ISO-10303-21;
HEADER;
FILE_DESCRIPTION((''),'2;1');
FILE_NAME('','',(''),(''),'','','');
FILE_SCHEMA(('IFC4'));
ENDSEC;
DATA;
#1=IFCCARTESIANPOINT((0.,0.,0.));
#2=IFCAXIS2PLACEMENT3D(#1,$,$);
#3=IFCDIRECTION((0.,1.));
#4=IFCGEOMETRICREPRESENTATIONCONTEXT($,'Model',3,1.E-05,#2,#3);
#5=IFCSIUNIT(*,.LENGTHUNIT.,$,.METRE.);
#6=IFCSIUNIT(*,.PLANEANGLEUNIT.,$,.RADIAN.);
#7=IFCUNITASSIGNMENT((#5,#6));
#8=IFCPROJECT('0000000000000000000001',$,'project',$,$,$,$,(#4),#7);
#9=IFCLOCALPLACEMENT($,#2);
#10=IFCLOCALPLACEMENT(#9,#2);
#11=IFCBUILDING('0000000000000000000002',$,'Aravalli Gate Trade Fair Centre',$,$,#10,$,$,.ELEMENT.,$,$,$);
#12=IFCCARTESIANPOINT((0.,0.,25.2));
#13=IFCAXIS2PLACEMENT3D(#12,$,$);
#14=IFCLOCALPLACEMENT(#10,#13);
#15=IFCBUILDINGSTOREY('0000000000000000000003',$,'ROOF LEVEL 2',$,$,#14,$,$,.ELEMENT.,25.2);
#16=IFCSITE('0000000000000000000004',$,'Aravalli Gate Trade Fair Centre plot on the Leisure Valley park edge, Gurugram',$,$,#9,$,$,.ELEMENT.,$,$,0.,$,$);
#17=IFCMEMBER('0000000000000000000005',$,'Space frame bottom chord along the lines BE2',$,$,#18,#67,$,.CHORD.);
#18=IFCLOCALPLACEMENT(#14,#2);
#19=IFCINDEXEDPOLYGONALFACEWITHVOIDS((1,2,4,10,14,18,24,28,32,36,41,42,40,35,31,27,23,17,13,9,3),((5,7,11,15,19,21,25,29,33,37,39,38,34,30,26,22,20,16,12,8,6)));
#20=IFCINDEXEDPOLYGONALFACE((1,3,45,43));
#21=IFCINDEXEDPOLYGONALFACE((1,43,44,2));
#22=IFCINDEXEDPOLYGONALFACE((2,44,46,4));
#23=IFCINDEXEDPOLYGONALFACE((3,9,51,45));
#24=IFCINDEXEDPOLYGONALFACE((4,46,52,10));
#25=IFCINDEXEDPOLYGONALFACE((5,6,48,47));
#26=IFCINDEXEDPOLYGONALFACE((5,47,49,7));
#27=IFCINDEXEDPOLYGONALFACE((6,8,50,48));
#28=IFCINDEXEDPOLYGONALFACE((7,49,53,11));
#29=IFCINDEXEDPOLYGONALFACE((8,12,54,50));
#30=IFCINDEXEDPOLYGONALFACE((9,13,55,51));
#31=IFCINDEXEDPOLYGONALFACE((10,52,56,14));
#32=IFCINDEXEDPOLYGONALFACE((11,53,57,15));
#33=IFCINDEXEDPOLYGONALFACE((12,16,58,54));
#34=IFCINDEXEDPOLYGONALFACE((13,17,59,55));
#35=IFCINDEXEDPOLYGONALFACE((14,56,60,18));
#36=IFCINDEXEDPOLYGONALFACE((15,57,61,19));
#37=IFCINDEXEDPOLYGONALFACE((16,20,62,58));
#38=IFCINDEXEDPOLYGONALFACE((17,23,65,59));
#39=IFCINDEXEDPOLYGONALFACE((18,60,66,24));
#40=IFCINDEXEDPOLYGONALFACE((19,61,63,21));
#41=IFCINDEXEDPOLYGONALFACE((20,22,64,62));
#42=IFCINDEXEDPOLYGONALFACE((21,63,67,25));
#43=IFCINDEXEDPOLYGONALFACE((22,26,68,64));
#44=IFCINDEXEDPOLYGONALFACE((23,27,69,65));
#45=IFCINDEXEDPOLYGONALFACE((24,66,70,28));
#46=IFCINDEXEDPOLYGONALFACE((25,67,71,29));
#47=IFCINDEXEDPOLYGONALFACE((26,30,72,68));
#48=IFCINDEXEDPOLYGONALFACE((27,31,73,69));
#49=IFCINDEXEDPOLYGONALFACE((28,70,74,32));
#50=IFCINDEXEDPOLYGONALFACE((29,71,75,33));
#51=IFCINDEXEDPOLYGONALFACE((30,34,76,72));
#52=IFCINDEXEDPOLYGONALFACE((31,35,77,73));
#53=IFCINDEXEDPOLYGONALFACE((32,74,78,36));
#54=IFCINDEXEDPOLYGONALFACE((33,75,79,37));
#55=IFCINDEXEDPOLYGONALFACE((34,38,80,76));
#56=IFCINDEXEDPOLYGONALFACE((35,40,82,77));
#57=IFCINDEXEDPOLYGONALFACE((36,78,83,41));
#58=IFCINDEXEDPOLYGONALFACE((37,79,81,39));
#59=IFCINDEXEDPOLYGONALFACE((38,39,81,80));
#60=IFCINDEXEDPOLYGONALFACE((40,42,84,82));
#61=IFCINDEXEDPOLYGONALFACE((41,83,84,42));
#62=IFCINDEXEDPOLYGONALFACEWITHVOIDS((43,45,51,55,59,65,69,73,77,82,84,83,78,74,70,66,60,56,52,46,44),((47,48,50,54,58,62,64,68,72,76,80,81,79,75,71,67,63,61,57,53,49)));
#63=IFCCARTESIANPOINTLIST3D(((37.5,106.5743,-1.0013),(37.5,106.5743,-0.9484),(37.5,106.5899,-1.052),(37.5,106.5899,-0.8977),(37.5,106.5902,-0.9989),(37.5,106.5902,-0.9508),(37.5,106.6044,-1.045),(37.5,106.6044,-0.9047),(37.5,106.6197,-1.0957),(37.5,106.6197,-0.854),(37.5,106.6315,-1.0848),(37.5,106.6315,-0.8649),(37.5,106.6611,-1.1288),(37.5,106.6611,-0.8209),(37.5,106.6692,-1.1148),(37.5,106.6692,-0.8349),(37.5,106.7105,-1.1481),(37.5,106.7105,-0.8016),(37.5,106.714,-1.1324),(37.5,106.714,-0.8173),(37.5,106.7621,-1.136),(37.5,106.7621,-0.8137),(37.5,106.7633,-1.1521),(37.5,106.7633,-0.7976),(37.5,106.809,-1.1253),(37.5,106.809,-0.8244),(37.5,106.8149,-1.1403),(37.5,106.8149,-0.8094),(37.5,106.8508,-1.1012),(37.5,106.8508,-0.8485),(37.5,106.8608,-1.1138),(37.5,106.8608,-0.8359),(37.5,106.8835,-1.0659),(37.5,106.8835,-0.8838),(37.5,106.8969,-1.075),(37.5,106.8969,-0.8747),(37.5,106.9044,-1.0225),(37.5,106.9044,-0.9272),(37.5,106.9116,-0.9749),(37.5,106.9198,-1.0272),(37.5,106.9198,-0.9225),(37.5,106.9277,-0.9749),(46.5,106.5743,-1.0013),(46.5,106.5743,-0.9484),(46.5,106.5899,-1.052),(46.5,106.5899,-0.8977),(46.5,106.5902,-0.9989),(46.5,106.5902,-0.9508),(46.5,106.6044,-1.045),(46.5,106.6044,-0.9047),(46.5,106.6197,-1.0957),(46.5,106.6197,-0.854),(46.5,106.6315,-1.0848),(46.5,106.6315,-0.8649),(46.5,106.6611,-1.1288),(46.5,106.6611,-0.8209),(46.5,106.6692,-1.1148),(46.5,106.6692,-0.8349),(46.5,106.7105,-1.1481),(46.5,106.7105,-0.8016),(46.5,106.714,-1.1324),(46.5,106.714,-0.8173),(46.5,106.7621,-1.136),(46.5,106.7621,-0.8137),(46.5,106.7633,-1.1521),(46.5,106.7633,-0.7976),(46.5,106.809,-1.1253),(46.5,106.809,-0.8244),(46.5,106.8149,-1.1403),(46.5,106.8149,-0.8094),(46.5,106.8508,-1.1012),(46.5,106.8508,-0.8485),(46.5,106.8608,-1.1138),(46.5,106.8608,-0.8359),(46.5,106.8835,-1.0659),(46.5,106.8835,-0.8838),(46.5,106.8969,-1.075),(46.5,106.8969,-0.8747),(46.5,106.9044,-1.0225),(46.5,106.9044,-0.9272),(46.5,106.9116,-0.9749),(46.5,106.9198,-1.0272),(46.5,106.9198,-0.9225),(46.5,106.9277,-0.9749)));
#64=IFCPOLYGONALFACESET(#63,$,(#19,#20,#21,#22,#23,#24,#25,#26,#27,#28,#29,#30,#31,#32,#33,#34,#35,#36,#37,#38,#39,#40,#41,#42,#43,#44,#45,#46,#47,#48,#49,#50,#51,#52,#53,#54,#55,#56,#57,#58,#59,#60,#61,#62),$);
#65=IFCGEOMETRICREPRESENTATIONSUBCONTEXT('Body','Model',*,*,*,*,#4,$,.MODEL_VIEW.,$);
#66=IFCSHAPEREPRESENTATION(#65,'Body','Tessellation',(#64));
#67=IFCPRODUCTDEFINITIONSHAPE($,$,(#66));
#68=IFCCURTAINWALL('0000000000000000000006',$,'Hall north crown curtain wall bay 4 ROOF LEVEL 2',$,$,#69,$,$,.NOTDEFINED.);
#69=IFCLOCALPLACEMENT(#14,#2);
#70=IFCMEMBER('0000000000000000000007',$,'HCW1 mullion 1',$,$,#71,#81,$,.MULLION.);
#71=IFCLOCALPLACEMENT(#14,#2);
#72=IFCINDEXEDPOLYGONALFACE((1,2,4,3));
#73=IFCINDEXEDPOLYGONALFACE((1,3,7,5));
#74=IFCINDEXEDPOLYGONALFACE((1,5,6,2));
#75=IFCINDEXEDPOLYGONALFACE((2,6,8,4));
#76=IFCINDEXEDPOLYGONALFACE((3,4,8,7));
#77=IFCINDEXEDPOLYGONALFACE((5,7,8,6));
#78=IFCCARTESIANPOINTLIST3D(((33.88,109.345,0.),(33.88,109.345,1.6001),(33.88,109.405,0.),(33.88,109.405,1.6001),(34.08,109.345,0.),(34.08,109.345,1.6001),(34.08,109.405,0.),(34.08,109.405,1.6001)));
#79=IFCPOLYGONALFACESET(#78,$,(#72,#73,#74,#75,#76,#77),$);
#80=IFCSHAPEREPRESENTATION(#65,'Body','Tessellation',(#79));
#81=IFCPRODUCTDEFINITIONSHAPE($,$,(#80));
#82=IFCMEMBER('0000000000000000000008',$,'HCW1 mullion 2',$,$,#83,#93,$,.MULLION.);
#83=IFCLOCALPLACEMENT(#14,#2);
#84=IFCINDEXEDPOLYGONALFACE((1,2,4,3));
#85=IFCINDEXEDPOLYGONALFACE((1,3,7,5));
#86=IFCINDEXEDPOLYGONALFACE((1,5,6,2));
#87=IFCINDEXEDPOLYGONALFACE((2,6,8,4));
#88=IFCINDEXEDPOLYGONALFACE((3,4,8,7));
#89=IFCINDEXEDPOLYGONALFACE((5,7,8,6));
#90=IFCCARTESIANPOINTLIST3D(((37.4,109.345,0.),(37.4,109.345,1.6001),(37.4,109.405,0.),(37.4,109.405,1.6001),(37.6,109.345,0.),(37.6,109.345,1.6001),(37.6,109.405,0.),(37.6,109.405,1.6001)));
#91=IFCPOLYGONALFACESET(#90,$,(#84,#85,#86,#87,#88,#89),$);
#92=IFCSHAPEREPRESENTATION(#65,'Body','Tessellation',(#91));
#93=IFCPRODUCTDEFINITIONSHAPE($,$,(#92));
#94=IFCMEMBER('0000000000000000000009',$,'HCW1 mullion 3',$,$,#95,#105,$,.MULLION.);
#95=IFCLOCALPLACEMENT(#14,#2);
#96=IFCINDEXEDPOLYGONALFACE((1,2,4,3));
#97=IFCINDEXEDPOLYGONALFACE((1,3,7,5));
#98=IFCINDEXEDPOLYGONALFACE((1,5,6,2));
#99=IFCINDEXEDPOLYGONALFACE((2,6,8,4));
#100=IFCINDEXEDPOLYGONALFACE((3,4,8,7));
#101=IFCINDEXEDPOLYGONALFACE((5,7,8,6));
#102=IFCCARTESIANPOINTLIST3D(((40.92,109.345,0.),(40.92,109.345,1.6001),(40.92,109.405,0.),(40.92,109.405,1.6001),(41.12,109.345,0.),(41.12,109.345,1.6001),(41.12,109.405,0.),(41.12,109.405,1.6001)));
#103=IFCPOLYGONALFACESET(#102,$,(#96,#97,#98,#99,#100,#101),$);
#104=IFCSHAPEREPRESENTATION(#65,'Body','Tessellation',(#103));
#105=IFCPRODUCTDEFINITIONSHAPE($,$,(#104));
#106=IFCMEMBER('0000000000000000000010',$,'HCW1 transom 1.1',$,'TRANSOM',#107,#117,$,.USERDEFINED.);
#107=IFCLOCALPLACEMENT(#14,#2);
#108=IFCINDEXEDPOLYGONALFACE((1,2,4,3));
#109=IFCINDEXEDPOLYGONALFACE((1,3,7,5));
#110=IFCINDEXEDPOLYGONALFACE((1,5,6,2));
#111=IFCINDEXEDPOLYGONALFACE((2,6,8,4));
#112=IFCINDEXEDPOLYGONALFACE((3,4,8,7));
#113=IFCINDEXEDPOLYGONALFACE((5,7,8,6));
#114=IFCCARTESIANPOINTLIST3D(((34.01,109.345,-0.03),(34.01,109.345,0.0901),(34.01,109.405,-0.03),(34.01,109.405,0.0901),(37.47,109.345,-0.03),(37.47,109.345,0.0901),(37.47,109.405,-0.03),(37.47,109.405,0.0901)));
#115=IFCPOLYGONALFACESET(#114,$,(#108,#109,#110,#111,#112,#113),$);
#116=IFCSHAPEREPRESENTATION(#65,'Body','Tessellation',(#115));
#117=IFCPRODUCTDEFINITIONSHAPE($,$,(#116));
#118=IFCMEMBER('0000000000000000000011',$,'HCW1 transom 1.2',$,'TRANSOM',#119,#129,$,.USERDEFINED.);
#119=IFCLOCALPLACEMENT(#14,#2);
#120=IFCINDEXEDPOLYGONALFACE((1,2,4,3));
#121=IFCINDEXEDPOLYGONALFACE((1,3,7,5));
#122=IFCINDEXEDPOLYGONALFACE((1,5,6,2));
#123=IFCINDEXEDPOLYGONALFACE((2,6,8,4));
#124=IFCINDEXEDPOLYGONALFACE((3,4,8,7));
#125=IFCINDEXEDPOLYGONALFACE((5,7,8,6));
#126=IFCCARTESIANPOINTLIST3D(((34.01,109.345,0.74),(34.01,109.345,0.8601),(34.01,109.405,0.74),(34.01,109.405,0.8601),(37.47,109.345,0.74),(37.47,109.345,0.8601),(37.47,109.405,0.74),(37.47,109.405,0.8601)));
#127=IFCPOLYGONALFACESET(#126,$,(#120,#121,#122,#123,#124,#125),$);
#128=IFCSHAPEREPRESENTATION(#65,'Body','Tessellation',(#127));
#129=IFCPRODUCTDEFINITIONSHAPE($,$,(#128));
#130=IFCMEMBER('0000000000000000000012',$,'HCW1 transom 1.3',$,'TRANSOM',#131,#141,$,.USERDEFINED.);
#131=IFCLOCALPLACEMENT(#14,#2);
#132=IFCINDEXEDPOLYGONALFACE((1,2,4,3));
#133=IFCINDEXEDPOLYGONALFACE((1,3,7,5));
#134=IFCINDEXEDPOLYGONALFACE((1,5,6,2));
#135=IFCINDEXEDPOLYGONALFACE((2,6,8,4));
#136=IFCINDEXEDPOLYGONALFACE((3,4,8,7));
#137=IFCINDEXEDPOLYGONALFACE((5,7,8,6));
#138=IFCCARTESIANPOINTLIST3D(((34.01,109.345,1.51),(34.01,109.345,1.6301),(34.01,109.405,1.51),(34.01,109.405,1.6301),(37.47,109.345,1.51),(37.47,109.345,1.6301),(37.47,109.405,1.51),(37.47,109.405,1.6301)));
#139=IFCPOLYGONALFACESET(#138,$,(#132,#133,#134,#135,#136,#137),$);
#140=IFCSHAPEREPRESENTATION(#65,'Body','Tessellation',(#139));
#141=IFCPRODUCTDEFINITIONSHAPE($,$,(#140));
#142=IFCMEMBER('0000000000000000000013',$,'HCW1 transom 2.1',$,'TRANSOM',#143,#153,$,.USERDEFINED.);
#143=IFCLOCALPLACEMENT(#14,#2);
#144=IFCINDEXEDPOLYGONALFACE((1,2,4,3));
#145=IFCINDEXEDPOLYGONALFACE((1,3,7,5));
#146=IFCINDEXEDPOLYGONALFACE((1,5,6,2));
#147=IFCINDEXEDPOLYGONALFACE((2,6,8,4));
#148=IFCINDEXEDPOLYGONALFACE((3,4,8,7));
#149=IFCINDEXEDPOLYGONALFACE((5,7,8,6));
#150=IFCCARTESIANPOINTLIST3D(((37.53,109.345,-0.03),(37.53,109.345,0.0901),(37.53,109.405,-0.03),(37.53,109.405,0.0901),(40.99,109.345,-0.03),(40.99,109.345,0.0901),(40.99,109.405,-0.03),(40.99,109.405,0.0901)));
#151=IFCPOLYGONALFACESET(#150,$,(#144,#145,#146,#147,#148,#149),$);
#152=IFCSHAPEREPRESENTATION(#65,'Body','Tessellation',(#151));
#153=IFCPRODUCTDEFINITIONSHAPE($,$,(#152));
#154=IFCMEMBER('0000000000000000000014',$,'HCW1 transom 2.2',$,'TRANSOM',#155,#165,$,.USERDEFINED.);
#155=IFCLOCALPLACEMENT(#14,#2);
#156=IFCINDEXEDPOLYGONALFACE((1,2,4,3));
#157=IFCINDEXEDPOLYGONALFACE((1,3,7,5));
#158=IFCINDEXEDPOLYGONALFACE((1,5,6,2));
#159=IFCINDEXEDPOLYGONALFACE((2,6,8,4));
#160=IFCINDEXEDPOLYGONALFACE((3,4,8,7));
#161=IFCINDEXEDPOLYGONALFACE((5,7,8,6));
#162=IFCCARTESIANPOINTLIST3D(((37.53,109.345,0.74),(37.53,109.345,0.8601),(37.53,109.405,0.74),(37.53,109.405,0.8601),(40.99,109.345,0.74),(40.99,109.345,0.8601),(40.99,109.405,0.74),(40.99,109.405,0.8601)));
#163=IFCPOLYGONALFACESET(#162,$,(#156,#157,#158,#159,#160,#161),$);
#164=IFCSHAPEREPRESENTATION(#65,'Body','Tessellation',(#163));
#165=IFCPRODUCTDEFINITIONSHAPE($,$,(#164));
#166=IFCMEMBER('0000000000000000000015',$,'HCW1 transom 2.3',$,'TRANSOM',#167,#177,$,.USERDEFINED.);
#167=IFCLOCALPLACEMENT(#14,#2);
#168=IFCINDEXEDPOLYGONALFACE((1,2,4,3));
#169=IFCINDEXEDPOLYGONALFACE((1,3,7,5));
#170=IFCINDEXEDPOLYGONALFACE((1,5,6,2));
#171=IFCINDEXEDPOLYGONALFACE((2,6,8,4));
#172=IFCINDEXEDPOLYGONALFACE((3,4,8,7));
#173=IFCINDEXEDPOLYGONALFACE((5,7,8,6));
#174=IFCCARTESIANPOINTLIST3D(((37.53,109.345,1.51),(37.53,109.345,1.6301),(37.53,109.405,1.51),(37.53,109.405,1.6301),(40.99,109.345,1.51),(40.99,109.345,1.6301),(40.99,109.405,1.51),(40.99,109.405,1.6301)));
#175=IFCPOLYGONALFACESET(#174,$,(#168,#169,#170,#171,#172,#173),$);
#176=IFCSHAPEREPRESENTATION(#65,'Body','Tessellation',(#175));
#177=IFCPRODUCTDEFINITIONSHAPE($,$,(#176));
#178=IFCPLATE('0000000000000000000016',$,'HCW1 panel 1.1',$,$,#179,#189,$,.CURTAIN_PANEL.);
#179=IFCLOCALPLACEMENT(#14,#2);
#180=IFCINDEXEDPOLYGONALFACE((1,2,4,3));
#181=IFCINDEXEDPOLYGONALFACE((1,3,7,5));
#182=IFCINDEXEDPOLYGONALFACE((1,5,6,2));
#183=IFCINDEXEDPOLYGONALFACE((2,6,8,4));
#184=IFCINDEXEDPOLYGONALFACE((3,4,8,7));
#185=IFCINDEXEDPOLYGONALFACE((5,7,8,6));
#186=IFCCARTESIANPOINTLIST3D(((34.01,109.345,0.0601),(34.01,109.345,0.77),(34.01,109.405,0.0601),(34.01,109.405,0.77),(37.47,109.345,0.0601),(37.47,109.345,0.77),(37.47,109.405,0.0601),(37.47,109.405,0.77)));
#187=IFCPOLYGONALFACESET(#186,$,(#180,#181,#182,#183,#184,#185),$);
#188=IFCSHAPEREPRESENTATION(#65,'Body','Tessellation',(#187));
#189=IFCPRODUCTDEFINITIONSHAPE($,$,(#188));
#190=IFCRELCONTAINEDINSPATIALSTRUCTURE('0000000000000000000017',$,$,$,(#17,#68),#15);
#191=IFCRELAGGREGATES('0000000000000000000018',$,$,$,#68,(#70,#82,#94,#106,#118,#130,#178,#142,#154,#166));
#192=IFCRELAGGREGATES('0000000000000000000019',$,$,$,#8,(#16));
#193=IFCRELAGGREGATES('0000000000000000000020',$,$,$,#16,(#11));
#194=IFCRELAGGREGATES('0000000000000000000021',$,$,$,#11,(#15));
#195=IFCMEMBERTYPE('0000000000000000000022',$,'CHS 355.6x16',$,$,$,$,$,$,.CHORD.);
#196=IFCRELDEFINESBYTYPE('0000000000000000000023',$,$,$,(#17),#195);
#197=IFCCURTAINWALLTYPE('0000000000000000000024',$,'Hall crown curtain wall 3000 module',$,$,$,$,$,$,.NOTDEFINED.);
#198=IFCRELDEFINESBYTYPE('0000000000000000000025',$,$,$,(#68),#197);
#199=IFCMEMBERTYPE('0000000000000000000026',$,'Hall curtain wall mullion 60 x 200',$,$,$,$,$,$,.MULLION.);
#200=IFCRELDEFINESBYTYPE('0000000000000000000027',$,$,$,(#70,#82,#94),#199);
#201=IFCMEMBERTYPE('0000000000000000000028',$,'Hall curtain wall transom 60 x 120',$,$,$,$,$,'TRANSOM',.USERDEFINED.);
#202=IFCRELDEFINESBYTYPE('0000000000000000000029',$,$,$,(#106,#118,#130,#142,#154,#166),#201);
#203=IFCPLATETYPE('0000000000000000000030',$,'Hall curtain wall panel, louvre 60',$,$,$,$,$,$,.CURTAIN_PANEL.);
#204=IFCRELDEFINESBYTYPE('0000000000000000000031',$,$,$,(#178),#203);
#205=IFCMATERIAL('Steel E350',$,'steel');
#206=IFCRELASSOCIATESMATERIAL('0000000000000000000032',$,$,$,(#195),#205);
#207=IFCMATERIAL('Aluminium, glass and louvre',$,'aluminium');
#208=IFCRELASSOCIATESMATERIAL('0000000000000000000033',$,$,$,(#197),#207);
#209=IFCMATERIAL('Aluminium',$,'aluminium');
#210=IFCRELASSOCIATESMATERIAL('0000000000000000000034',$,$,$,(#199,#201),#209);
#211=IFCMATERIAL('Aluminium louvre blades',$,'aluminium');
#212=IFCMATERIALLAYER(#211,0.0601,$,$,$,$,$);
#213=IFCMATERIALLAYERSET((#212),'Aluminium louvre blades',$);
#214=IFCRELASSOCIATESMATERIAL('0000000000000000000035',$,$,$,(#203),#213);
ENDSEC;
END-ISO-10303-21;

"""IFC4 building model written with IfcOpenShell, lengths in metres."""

from ifc_helpers import new_model, si_unit, direction, frame, origin, origin_2d, place, context, subcontext, project, spatial, rectangle, hollow_circle, extrude, material, layer, layer_set, material_profile, profile_set, type_object, element, aggregate, save


model = new_model("IFC4")

# Units and contexts
model_context = context("Model", 3, precision=1e-05, world=origin(), true_north=direction((0.0, 1.0)))
body_context = subcontext(model_context, "Body", "Model", "MODEL_VIEW")
ifc_project = project(units=[si_unit("LENGTHUNIT", "METRE"), si_unit("PLANEANGLEUNIT", "RADIAN")], contexts=[model_context])

# Site, building, storey
site_placement = place(None, origin())
site = spatial("IfcSite", under=ifc_project, at=site_placement, Name="Aravalli Gate Trade Fair Centre plot on the Leisure Valley park edge, Gurugram", CompositionType="ELEMENT", RefElevation=0.0)
building_placement = place(site_placement, origin())
building = spatial("IfcBuilding", under=site, at=building_placement, Name="Aravalli Gate Trade Fair Centre", CompositionType="ELEMENT")
storey_placement = place(building_placement, frame((0.0, 0.0, 25.2)))
storey = spatial("IfcBuildingStorey", under=building, at=storey_placement, Name="ROOF LEVEL 2", CompositionType="ELEMENT", Elevation=25.2)

# Member
ifc_material_1 = material(Name="Steel E350", Category="steel")
ifc_material_profile_1 = material_profile(ifc_material_1, hollow_circle(Radius=0.1777, WallThickness=0.0161, at=origin_2d()), Name="CHS 355.6x16")
ifc_profile_set_1 = profile_set([ifc_material_profile_1], Name="Steel E350")
member_type_1 = type_object("IfcMemberType", Name="CHS 355.6x16", PredefinedType="CHORD", material=ifc_profile_set_1)
member_1_placement = place(storey_placement, frame((37.5, 106.75, -0.9749), z_axis=(1.0, 0.0, 0.0), x_axis=(0.0, 1.0, 0.0)))
element("IfcMember", 1, at=member_1_placement, inside=storey, type_object=member_type_1, Name="Space frame bottom chord along the lines BE2", PredefinedType="CHORD", context=body_context, shape_type="SweptSolid", body=[
    extrude(hollow_circle(Radius=0.1777, WallThickness=0.0161, at=origin_2d()), origin(), (0.0, 0.0, 1.0), 9.0),
])

# Curtain wall, members, plate
ifc_material_2 = material(Name="Aluminium, glass and louvre", Category="aluminium")
curtain_wall_type = type_object("IfcCurtainWallType", Name="Hall crown curtain wall 3000 module", PredefinedType="NOTDEFINED", material=ifc_material_2)
curtain_wall_placement = place(storey_placement, origin())
curtain_wall = element("IfcCurtainWall", 2, at=curtain_wall_placement, inside=storey, type_object=curtain_wall_type, Name="Hall north crown curtain wall bay 4 ROOF LEVEL 2", PredefinedType="NOTDEFINED")
ifc_material_3 = material(Name="Aluminium", Category="aluminium")
ifc_material_profile_2 = material_profile(ifc_material_3, rectangle(XDim=0.0601, YDim=0.2, at=origin_2d()), Name="Hall curtain wall mullion 60 x 200")
ifc_profile_set_2 = profile_set([ifc_material_profile_2], Name="Aluminium")
member_type_2 = type_object("IfcMemberType", Name="Hall curtain wall mullion 60 x 200", PredefinedType="MULLION", material=ifc_profile_set_2)
member_2_placement = place(storey_placement, frame((33.98, 109.375, 0.0), z_axis=(0.0, 0.0, 1.0), x_axis=(0.0, 1.0, 0.0)))
member_2 = element("IfcMember", 3, at=member_2_placement, type_object=member_type_2, Name="HCW1 mullion 1", PredefinedType="MULLION", context=body_context, shape_type="SweptSolid", body=[
    extrude(rectangle(XDim=0.0601, YDim=0.2, at=origin_2d()), origin(), (0.0, 0.0, 1.0), 1.6001),
])
member_3_placement = place(storey_placement, frame((37.5, 109.375, 0.0), z_axis=(0.0, 0.0, 1.0), x_axis=(0.0, 1.0, 0.0)))
member_3 = element("IfcMember", 4, at=member_3_placement, type_object=member_type_2, Name="HCW1 mullion 2", PredefinedType="MULLION", context=body_context, shape_type="SweptSolid", body=[
    extrude(rectangle(XDim=0.0601, YDim=0.2, at=origin_2d()), origin(), (0.0, 0.0, 1.0), 1.6001),
])
member_4_placement = place(storey_placement, frame((41.02, 109.375, 0.0), z_axis=(0.0, 0.0, 1.0), x_axis=(0.0, 1.0, 0.0)))
member_4 = element("IfcMember", 5, at=member_4_placement, type_object=member_type_2, Name="HCW1 mullion 3", PredefinedType="MULLION", context=body_context, shape_type="SweptSolid", body=[
    extrude(rectangle(XDim=0.0601, YDim=0.2, at=origin_2d()), origin(), (0.0, 0.0, 1.0), 1.6001),
])
ifc_material_profile_3 = material_profile(ifc_material_3, rectangle(XDim=0.0601, YDim=0.1201, at=origin_2d()), Name="Hall curtain wall transom 60 x 120")
ifc_profile_set_3 = profile_set([ifc_material_profile_3], Name="Aluminium")
member_type_3 = type_object("IfcMemberType", Name="Hall curtain wall transom 60 x 120", ElementType="TRANSOM", PredefinedType="USERDEFINED", material=ifc_profile_set_3)
member_5_placement = place(storey_placement, frame((34.01, 109.375, 0.03), z_axis=(1.0, 0.0, 0.0), x_axis=(0.0, 1.0, 0.0)))
member_5 = element("IfcMember", 6, at=member_5_placement, type_object=member_type_3, Name="HCW1 transom 1.1", ObjectType="TRANSOM", PredefinedType="USERDEFINED", context=body_context, shape_type="SweptSolid", body=[
    extrude(rectangle(XDim=0.0601, YDim=0.1201, at=origin_2d()), origin(), (0.0, 0.0, 1.0), 3.46),
])
member_6_placement = place(storey_placement, frame((34.01, 109.375, 0.8), z_axis=(1.0, 0.0, 0.0), x_axis=(0.0, 1.0, 0.0)))
member_6 = element("IfcMember", 7, at=member_6_placement, type_object=member_type_3, Name="HCW1 transom 1.2", ObjectType="TRANSOM", PredefinedType="USERDEFINED", context=body_context, shape_type="SweptSolid", body=[
    extrude(rectangle(XDim=0.0601, YDim=0.1201, at=origin_2d()), origin(), (0.0, 0.0, 1.0), 3.46),
])
member_7_placement = place(storey_placement, frame((34.01, 109.375, 1.5701), z_axis=(1.0, 0.0, 0.0), x_axis=(0.0, 1.0, 0.0)))
member_7 = element("IfcMember", 8, at=member_7_placement, type_object=member_type_3, Name="HCW1 transom 1.3", ObjectType="TRANSOM", PredefinedType="USERDEFINED", context=body_context, shape_type="SweptSolid", body=[
    extrude(rectangle(XDim=0.0601, YDim=0.1201, at=origin_2d()), origin(), (0.0, 0.0, 1.0), 3.46),
])
member_8_placement = place(storey_placement, frame((37.53, 109.375, 0.03), z_axis=(1.0, 0.0, 0.0), x_axis=(0.0, 1.0, 0.0)))
member_8 = element("IfcMember", 9, at=member_8_placement, type_object=member_type_3, Name="HCW1 transom 2.1", ObjectType="TRANSOM", PredefinedType="USERDEFINED", context=body_context, shape_type="SweptSolid", body=[
    extrude(rectangle(XDim=0.0601, YDim=0.1201, at=origin_2d()), origin(), (0.0, 0.0, 1.0), 3.46),
])
member_9_placement = place(storey_placement, frame((37.53, 109.375, 0.8), z_axis=(1.0, 0.0, 0.0), x_axis=(0.0, 1.0, 0.0)))
member_9 = element("IfcMember", 10, at=member_9_placement, type_object=member_type_3, Name="HCW1 transom 2.2", ObjectType="TRANSOM", PredefinedType="USERDEFINED", context=body_context, shape_type="SweptSolid", body=[
    extrude(rectangle(XDim=0.0601, YDim=0.1201, at=origin_2d()), origin(), (0.0, 0.0, 1.0), 3.46),
])
member_10_placement = place(storey_placement, frame((37.53, 109.375, 1.5701), z_axis=(1.0, 0.0, 0.0), x_axis=(0.0, 1.0, 0.0)))
member_10 = element("IfcMember", 11, at=member_10_placement, type_object=member_type_3, Name="HCW1 transom 2.3", ObjectType="TRANSOM", PredefinedType="USERDEFINED", context=body_context, shape_type="SweptSolid", body=[
    extrude(rectangle(XDim=0.0601, YDim=0.1201, at=origin_2d()), origin(), (0.0, 0.0, 1.0), 3.46),
])
ifc_material_4 = material(Name="Aluminium louvre blades", Category="aluminium")
ifc_layer_1 = layer(ifc_material_4, 0.0601)
ifc_layer_set_1 = layer_set([ifc_layer_1], Name="Aluminium louvre blades")
plate_type = type_object("IfcPlateType", Name="Hall curtain wall panel, louvre 60", PredefinedType="CURTAIN_PANEL", material=ifc_layer_set_1)
plate_1_placement = place(storey_placement, frame((35.74, 109.375, 0.0601), z_axis=(0.0, 0.0, 1.0), x_axis=(1.0, 0.0, 0.0)))
plate_1 = element("IfcPlate", 12, at=plate_1_placement, type_object=plate_type, Name="HCW1 panel 1.1", PredefinedType="CURTAIN_PANEL", context=body_context, shape_type="SweptSolid", body=[
    extrude(rectangle(XDim=3.46, YDim=0.0601, at=origin_2d()), origin(), (0.0, 0.0, 1.0), 0.71),
])
aggregate(curtain_wall, [member_2, member_3, member_4, member_5, member_6, member_7, plate_1, member_8, member_9, member_10])

save(model, "model.ifc")
